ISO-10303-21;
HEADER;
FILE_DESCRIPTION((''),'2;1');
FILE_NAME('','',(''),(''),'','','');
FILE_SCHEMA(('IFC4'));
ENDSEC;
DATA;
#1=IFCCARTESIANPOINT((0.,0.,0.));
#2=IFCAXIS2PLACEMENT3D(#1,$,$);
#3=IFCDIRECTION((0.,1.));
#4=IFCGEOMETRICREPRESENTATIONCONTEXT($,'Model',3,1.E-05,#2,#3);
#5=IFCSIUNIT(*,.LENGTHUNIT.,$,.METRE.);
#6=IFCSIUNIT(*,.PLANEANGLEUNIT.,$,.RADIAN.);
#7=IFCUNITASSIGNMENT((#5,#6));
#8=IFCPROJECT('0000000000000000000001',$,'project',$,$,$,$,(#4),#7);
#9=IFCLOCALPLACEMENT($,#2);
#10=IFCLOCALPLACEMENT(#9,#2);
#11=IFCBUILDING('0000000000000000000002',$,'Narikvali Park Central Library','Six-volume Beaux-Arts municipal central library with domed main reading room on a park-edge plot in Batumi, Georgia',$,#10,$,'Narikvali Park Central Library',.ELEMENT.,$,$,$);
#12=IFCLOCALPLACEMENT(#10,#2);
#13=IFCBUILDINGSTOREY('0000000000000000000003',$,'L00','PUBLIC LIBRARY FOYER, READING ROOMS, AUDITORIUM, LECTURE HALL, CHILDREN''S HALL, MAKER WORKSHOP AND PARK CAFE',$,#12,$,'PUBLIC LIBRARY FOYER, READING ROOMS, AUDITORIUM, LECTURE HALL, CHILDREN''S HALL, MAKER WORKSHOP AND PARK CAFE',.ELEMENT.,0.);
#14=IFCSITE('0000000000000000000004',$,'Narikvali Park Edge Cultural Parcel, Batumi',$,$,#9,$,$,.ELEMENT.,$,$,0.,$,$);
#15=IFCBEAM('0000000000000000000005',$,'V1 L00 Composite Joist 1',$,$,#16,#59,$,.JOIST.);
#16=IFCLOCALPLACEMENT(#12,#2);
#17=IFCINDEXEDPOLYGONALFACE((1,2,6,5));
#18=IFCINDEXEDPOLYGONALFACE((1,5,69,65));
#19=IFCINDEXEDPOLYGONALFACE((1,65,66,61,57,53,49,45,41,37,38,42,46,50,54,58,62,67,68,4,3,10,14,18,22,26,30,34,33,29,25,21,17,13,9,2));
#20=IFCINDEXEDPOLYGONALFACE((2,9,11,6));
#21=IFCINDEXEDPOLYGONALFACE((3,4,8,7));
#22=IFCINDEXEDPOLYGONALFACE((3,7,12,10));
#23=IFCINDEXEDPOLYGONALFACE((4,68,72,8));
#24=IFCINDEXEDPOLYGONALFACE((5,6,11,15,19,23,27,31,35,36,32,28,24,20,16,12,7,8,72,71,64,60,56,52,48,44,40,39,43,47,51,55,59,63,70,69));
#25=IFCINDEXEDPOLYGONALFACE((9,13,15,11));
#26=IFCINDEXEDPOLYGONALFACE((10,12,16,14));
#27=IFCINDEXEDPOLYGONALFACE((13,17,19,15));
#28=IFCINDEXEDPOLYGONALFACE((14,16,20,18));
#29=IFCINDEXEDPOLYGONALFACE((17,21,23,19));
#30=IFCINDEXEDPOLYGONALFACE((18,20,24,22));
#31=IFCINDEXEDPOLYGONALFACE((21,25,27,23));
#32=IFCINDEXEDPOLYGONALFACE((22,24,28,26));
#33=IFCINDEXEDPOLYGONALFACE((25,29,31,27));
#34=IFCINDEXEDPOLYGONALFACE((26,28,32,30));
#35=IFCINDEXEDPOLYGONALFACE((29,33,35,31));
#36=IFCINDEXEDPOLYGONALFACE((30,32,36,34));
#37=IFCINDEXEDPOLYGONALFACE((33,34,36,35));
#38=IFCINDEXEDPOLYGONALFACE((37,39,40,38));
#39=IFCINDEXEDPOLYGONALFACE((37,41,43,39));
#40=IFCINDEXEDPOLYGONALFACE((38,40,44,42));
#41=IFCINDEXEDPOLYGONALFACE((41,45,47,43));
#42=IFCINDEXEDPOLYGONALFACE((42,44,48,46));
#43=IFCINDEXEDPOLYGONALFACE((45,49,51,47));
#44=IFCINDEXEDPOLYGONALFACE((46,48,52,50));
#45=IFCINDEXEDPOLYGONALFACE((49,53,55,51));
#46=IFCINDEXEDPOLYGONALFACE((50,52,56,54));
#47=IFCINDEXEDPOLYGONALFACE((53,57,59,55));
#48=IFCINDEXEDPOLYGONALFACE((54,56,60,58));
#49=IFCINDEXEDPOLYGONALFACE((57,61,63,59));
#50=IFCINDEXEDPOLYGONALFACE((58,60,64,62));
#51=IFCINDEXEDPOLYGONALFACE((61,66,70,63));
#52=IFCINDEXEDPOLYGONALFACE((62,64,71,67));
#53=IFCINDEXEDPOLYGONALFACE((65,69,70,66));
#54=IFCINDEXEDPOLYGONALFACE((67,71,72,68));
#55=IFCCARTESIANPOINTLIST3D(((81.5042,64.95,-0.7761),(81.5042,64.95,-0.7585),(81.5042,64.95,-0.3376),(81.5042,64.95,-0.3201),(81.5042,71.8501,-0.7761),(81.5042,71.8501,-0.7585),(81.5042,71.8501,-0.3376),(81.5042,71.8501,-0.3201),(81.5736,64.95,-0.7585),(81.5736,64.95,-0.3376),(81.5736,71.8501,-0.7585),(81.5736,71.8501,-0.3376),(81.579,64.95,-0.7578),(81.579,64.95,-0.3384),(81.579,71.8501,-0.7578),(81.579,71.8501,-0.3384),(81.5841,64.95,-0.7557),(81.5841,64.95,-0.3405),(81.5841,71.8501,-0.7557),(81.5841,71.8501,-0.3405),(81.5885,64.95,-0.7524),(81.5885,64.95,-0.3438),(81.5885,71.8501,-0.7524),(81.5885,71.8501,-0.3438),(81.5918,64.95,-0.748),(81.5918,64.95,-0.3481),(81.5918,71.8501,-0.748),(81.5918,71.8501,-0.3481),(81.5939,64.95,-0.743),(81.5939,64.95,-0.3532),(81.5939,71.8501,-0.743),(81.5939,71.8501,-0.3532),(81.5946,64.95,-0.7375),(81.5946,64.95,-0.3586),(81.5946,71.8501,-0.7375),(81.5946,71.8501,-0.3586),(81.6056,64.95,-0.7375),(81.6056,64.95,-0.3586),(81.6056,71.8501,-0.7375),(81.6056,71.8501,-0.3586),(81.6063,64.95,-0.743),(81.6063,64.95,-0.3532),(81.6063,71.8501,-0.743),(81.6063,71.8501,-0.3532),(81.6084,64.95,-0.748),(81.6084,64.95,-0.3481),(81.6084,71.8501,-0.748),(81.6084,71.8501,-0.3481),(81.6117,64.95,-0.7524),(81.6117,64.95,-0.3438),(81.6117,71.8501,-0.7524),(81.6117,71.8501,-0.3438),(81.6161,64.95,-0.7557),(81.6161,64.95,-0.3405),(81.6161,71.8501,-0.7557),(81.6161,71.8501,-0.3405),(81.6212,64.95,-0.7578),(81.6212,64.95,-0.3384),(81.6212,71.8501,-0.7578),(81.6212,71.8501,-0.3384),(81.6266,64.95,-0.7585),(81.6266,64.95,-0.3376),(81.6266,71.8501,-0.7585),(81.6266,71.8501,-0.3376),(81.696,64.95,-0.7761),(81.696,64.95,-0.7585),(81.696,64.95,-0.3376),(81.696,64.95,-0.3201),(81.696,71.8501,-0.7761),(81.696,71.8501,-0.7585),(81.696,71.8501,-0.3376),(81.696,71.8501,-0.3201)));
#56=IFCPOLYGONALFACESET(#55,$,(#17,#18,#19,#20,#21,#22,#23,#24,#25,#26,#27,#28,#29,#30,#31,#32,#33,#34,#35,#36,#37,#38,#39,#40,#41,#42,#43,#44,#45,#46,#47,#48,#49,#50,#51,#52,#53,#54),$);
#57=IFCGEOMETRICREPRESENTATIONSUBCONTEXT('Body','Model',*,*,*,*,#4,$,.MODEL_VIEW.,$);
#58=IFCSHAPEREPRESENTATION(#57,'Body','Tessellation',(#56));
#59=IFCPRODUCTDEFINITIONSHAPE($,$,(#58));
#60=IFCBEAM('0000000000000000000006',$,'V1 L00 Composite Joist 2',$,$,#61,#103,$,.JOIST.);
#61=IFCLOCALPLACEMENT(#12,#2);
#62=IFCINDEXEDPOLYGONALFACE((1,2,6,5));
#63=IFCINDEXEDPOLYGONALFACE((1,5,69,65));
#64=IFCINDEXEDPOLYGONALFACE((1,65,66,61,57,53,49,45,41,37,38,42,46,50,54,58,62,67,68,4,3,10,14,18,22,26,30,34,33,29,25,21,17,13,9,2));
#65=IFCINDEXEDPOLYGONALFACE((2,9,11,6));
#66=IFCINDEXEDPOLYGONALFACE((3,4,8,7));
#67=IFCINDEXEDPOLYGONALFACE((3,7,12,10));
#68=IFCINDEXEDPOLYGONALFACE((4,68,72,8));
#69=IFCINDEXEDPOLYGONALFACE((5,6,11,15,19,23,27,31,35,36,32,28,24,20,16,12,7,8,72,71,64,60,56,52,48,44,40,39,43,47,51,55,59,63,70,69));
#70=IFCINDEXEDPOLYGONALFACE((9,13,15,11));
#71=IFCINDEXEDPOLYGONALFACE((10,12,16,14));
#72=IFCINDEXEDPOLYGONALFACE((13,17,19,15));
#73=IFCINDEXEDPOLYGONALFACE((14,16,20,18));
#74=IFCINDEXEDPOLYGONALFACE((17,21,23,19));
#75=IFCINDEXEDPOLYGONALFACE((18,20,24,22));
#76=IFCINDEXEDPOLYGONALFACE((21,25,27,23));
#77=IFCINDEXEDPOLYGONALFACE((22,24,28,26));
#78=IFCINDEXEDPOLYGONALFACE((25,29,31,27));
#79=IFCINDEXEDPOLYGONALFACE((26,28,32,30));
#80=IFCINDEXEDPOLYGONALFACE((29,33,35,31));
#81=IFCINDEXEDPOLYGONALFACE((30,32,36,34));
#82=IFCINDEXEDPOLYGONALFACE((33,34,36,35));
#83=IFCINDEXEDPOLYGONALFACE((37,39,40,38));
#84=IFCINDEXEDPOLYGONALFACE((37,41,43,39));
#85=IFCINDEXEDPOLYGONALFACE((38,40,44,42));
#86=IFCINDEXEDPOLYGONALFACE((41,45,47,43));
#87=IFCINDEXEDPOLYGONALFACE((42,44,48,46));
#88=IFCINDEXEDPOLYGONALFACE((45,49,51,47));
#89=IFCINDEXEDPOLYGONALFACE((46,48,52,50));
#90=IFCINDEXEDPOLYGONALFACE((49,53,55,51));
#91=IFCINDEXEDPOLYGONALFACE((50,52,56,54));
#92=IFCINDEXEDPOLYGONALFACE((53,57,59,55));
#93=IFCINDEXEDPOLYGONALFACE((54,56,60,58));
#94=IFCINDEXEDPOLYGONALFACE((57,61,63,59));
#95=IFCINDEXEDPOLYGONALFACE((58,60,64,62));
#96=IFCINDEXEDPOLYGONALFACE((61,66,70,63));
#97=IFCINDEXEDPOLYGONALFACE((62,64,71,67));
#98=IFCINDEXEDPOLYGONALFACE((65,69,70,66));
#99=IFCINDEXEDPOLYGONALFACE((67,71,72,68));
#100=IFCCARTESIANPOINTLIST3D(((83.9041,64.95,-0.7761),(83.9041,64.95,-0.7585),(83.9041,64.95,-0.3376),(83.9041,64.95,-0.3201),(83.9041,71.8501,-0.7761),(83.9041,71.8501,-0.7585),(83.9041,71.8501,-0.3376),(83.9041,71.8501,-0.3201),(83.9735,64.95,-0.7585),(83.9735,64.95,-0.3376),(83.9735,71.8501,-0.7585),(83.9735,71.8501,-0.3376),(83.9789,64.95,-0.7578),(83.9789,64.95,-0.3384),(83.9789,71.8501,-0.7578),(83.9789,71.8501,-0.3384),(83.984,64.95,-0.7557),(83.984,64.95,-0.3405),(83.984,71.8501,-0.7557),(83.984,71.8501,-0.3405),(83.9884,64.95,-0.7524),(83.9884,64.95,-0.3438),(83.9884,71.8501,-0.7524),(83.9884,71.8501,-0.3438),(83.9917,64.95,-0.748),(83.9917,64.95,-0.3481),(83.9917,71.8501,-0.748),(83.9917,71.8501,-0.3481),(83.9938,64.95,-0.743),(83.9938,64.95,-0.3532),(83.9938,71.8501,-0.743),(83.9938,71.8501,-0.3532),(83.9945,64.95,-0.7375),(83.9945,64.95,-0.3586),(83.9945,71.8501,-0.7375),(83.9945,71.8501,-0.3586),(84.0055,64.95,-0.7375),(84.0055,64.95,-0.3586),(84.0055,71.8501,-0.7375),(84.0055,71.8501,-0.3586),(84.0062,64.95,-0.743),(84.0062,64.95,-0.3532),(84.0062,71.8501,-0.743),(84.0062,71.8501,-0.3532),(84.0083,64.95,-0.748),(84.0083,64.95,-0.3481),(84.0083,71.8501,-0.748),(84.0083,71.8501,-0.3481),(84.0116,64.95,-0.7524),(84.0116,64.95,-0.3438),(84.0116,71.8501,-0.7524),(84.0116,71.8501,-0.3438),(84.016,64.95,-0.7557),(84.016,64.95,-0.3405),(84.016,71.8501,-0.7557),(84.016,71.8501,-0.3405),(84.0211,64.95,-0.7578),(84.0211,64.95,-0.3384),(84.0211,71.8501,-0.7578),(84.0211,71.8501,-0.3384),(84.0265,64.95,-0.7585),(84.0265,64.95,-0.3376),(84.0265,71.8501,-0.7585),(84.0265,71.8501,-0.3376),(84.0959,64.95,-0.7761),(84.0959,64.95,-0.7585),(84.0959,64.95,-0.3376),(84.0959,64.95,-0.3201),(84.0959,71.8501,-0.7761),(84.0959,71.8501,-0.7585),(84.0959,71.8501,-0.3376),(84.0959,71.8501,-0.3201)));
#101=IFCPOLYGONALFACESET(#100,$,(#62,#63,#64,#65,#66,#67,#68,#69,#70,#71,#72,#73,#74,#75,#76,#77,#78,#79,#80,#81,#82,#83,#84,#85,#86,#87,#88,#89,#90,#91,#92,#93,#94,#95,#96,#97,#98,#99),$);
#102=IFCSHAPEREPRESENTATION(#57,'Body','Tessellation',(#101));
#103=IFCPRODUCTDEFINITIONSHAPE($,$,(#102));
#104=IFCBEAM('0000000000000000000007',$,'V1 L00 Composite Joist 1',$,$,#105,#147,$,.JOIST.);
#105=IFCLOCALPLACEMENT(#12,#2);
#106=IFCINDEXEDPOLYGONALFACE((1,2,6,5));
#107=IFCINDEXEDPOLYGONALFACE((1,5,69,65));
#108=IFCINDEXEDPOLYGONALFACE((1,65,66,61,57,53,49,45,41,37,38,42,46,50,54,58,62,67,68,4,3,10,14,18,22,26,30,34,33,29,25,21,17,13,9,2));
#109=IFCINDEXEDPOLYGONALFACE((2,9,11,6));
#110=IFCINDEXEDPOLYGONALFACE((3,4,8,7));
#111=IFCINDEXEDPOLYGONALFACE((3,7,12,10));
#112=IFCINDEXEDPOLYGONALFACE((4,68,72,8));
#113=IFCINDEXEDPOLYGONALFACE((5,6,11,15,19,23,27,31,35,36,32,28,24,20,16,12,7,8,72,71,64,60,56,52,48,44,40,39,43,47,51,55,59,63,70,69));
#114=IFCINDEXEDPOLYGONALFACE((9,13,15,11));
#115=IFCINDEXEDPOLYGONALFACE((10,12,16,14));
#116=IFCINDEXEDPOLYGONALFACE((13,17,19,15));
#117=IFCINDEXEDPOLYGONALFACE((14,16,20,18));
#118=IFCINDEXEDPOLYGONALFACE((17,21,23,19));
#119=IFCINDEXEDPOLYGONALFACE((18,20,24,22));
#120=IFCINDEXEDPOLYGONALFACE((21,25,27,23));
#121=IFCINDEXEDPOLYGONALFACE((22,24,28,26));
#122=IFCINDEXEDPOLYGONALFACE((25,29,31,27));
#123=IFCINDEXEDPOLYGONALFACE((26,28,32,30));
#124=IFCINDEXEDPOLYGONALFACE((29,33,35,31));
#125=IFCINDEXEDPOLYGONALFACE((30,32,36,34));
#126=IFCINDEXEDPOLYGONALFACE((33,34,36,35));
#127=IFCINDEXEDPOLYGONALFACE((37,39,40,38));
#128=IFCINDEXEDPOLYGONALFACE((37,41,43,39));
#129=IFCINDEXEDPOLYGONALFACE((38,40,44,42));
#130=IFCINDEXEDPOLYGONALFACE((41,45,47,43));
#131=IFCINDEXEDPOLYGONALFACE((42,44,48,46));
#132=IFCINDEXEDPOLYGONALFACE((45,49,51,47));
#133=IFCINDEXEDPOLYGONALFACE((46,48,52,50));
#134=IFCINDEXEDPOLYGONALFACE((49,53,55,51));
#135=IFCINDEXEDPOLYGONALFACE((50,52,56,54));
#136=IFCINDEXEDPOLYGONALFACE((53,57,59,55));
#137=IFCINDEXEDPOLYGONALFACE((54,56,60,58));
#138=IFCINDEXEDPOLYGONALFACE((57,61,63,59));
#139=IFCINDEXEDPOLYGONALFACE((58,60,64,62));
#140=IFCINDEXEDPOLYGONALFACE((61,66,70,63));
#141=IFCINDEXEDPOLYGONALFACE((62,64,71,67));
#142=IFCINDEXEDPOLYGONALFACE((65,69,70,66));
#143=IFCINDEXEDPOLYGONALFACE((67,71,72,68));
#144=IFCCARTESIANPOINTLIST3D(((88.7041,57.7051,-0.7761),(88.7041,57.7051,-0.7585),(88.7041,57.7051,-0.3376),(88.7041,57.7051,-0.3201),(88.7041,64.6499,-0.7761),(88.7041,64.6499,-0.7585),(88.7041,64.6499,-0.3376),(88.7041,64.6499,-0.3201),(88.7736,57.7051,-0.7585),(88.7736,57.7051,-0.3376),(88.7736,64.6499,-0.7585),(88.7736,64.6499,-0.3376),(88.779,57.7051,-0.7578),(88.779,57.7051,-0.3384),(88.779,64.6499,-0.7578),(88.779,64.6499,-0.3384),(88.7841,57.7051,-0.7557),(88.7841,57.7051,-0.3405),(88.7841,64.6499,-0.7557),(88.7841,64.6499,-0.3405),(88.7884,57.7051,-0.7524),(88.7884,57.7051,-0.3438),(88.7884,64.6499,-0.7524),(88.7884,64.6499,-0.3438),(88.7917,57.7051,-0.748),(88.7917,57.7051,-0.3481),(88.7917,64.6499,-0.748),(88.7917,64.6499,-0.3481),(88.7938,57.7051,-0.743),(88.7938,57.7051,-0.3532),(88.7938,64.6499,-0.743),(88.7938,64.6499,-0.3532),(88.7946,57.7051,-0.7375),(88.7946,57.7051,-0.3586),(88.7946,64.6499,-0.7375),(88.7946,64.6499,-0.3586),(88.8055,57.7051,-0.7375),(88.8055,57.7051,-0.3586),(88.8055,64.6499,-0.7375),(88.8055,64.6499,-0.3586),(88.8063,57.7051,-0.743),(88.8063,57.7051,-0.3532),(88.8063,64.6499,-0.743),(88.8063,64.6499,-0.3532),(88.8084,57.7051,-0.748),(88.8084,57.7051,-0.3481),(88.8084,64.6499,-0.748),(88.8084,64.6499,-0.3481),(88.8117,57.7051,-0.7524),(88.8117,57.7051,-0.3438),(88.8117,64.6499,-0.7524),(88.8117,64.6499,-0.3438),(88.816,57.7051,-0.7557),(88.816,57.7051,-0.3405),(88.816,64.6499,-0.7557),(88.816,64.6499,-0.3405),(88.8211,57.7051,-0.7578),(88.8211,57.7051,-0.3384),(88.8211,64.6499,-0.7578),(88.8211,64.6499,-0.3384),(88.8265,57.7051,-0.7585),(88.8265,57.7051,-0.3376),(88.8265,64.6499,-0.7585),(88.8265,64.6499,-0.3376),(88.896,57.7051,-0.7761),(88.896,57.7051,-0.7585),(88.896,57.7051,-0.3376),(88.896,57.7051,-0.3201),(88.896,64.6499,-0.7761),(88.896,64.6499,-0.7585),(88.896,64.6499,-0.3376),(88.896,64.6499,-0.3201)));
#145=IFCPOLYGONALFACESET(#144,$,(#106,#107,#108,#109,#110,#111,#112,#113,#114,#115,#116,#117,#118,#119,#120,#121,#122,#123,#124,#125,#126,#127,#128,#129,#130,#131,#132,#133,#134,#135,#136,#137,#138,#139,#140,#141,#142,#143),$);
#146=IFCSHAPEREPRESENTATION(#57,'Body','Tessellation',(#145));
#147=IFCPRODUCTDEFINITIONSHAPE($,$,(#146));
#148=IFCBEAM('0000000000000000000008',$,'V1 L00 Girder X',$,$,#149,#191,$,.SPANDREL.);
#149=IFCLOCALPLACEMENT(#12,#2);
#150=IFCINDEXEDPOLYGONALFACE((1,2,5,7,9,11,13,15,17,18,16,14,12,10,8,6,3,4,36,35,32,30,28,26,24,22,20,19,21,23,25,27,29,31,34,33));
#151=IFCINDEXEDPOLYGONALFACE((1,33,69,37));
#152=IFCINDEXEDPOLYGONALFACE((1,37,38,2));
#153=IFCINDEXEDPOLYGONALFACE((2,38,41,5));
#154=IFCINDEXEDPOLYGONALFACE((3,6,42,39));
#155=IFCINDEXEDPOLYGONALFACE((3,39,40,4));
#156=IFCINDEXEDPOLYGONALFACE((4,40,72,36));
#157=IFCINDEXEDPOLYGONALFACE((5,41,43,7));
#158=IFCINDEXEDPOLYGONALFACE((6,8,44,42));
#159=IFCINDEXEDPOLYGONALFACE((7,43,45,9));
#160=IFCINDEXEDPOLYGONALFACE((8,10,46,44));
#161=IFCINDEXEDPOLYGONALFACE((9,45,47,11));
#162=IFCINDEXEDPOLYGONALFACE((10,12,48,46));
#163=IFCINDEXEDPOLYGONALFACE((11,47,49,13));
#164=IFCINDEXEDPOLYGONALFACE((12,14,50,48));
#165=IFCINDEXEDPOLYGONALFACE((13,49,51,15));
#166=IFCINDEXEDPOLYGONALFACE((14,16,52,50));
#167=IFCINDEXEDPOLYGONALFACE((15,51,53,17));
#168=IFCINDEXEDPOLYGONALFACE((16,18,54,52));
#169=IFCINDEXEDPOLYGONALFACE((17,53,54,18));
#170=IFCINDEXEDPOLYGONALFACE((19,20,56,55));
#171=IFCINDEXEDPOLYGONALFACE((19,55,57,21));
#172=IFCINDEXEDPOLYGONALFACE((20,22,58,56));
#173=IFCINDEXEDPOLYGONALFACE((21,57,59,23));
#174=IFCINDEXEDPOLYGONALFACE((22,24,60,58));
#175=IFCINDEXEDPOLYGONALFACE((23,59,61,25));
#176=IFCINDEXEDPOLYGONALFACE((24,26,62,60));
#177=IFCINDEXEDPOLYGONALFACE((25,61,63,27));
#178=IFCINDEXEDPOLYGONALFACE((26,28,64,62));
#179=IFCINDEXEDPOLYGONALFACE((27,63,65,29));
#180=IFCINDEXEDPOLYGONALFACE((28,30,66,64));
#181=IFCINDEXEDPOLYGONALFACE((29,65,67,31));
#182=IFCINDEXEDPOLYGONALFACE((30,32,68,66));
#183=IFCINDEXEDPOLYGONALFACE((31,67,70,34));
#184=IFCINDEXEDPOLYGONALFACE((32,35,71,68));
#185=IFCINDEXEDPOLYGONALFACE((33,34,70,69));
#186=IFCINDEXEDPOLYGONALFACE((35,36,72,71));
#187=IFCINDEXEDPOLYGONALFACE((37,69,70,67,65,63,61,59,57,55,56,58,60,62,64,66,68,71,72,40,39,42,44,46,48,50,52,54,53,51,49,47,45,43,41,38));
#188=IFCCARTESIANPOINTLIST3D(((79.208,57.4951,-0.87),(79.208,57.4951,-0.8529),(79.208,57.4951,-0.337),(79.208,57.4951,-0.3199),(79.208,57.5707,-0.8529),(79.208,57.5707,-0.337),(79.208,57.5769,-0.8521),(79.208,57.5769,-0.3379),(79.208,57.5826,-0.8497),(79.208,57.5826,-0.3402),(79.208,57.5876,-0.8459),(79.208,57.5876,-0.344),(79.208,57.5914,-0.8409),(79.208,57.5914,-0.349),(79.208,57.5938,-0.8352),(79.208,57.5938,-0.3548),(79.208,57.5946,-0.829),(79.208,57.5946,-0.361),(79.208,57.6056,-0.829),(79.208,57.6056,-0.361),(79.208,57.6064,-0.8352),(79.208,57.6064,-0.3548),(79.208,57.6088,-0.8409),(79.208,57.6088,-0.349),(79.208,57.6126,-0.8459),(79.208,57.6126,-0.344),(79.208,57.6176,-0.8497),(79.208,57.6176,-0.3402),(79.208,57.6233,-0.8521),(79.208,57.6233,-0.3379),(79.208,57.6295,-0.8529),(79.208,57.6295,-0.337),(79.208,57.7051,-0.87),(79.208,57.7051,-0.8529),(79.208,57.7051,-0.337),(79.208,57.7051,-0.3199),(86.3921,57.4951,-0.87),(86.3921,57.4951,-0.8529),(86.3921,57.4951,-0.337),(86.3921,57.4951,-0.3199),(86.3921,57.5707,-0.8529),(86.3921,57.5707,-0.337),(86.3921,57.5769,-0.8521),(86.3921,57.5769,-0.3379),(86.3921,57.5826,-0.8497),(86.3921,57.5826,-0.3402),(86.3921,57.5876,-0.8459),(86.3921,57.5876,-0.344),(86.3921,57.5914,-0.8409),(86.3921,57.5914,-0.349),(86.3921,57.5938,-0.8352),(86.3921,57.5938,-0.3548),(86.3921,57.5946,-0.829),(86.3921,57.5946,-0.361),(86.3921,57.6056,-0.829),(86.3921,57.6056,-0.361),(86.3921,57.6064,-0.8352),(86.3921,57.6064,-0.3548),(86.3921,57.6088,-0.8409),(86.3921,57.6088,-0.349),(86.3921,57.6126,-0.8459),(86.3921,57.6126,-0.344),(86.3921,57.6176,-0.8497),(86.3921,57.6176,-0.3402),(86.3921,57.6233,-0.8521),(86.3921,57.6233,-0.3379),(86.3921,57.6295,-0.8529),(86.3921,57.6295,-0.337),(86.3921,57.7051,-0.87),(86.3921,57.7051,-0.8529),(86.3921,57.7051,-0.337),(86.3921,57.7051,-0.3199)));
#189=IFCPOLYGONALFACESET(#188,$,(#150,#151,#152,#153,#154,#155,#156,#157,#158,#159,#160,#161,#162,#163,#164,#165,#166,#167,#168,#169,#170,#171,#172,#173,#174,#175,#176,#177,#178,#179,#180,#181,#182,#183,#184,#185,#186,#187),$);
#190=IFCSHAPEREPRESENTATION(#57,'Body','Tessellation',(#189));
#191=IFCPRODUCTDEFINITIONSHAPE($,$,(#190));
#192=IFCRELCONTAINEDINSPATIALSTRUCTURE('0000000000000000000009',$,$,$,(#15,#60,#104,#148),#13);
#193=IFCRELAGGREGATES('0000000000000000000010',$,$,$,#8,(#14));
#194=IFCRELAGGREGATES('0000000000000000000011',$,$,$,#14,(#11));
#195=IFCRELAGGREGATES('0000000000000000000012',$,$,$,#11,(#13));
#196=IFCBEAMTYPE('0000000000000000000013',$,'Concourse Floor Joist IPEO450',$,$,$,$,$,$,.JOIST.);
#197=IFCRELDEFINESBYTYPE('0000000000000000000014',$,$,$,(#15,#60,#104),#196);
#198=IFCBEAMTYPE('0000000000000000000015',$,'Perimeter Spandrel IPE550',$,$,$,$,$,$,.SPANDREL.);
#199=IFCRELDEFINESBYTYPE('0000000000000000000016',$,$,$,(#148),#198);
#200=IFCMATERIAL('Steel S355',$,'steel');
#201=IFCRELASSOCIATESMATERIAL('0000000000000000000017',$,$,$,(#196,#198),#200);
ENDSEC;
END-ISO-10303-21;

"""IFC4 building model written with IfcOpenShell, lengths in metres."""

from ifc_helpers import new_model, si_unit, direction, frame, origin, origin_2d, place, context, subcontext, project, spatial, i_section, extrude, material, material_profile, profile_set, type_object, element, save


model = new_model("IFC4")

# Units and contexts
model_context = context("Model", 3, precision=1e-05, world=origin(), true_north=direction((0.0, 1.0)))
body_context = subcontext(model_context, "Body", "Model", "MODEL_VIEW")
ifc_project = project(units=[si_unit("LENGTHUNIT", "METRE"), si_unit("PLANEANGLEUNIT", "RADIAN")], contexts=[model_context])

# Site, building, storey
site_placement = place(None, origin())
site = spatial("IfcSite", under=ifc_project, at=site_placement, Name="Narikvali Park Edge Cultural Parcel, Batumi", CompositionType="ELEMENT", RefElevation=0.0)
building_placement = place(site_placement, origin())
building = spatial("IfcBuilding", under=site, at=building_placement, Name="Narikvali Park Central Library", Description="Six-volume Beaux-Arts municipal central library with domed main reading room on a park-edge plot in Batumi, Georgia", LongName="Narikvali Park Central Library", CompositionType="ELEMENT")
storey_placement = place(building_placement, origin())
storey = spatial("IfcBuildingStorey", under=building, at=storey_placement, Name="L00", Description="PUBLIC LIBRARY FOYER, READING ROOMS, AUDITORIUM, LECTURE HALL, CHILDREN'S HALL, MAKER WORKSHOP AND PARK CAFE", LongName="PUBLIC LIBRARY FOYER, READING ROOMS, AUDITORIUM, LECTURE HALL, CHILDREN'S HALL, MAKER WORKSHOP AND PARK CAFE", CompositionType="ELEMENT", Elevation=0.0)

# Shared definitions
ifc_material_1 = material(Name="Steel S355", Category="steel")

# Beams
ifc_material_profile_1 = material_profile(ifc_material_1, i_section(OverallWidth=0.1919, OverallDepth=0.4561, WebThickness=0.011, FlangeThickness=0.0176, FilletRadius=0.021, at=origin_2d()), Name="IPEO 450")
ifc_profile_set_1 = profile_set([ifc_material_profile_1], Name="Steel S355")
beam_type_1 = type_object("IfcBeamType", Name="Concourse Floor Joist IPEO450", PredefinedType="JOIST", material=ifc_profile_set_1)
for number, where, z_axis, x_axis, name in (
    (1, (81.6001, 64.95, -0.5481), (0.0, 1.0, 0.0), (-1.0, 0.0, 0.0), "V1 L00 Composite Joist 1"),
    (2, (84.0, 64.95, -0.5481), (0.0, 1.0, 0.0), (-1.0, 0.0, 0.0), "V1 L00 Composite Joist 2"),
):
    element("IfcBeam", number, at=place(storey_placement, frame(where, z_axis=z_axis, x_axis=x_axis)), inside=storey, type_object=beam_type_1, Name=name, PredefinedType="JOIST", context=body_context, shape_type="SweptSolid", body=[
        extrude(i_section(OverallWidth=0.1919, OverallDepth=0.4561, WebThickness=0.011, FlangeThickness=0.0176, FilletRadius=0.021, at=origin_2d()), origin(), (0.0, 0.0, 1.0), 6.9001),
    ])
beam_1_placement = place(storey_placement, frame((88.8, 57.7051, -0.5481), z_axis=(0.0, 1.0, 0.0), x_axis=(-1.0, 0.0, 0.0)))
element("IfcBeam", 3, at=beam_1_placement, inside=storey, type_object=beam_type_1, Name="V1 L00 Composite Joist 1", PredefinedType="JOIST", context=body_context, shape_type="SweptSolid", body=[
    extrude(i_section(OverallWidth=0.1919, OverallDepth=0.4561, WebThickness=0.011, FlangeThickness=0.0176, FilletRadius=0.021, at=origin_2d()), origin(), (0.0, 0.0, 1.0), 6.9448),
])
ifc_material_profile_2 = material_profile(ifc_material_1, i_section(OverallWidth=0.21, OverallDepth=0.55, WebThickness=0.011, FlangeThickness=0.0171, FilletRadius=0.0239, at=origin_2d()), Name="IPE 550")
ifc_profile_set_2 = profile_set([ifc_material_profile_2], Name="Steel S355")
beam_type_2 = type_object("IfcBeamType", Name="Perimeter Spandrel IPE550", PredefinedType="SPANDREL", material=ifc_profile_set_2)
for number, where, z_axis, x_axis, name in (
    (4, (79.208, 57.6001, -0.595), (1.0, 0.0, 0.0), (0.0, 1.0, 0.0), "V1 L00 Girder X"),
):
    element("IfcBeam", number, at=place(storey_placement, frame(where, z_axis=z_axis, x_axis=x_axis)), inside=storey, type_object=beam_type_2, Name=name, PredefinedType="SPANDREL", context=body_context, shape_type="SweptSolid", body=[
        extrude(i_section(OverallWidth=0.21, OverallDepth=0.55, WebThickness=0.011, FlangeThickness=0.0171, FilletRadius=0.0239, at=origin_2d()), origin(), (0.0, 0.0, 1.0), 7.1841),
    ])

save(model, "model.ifc")
